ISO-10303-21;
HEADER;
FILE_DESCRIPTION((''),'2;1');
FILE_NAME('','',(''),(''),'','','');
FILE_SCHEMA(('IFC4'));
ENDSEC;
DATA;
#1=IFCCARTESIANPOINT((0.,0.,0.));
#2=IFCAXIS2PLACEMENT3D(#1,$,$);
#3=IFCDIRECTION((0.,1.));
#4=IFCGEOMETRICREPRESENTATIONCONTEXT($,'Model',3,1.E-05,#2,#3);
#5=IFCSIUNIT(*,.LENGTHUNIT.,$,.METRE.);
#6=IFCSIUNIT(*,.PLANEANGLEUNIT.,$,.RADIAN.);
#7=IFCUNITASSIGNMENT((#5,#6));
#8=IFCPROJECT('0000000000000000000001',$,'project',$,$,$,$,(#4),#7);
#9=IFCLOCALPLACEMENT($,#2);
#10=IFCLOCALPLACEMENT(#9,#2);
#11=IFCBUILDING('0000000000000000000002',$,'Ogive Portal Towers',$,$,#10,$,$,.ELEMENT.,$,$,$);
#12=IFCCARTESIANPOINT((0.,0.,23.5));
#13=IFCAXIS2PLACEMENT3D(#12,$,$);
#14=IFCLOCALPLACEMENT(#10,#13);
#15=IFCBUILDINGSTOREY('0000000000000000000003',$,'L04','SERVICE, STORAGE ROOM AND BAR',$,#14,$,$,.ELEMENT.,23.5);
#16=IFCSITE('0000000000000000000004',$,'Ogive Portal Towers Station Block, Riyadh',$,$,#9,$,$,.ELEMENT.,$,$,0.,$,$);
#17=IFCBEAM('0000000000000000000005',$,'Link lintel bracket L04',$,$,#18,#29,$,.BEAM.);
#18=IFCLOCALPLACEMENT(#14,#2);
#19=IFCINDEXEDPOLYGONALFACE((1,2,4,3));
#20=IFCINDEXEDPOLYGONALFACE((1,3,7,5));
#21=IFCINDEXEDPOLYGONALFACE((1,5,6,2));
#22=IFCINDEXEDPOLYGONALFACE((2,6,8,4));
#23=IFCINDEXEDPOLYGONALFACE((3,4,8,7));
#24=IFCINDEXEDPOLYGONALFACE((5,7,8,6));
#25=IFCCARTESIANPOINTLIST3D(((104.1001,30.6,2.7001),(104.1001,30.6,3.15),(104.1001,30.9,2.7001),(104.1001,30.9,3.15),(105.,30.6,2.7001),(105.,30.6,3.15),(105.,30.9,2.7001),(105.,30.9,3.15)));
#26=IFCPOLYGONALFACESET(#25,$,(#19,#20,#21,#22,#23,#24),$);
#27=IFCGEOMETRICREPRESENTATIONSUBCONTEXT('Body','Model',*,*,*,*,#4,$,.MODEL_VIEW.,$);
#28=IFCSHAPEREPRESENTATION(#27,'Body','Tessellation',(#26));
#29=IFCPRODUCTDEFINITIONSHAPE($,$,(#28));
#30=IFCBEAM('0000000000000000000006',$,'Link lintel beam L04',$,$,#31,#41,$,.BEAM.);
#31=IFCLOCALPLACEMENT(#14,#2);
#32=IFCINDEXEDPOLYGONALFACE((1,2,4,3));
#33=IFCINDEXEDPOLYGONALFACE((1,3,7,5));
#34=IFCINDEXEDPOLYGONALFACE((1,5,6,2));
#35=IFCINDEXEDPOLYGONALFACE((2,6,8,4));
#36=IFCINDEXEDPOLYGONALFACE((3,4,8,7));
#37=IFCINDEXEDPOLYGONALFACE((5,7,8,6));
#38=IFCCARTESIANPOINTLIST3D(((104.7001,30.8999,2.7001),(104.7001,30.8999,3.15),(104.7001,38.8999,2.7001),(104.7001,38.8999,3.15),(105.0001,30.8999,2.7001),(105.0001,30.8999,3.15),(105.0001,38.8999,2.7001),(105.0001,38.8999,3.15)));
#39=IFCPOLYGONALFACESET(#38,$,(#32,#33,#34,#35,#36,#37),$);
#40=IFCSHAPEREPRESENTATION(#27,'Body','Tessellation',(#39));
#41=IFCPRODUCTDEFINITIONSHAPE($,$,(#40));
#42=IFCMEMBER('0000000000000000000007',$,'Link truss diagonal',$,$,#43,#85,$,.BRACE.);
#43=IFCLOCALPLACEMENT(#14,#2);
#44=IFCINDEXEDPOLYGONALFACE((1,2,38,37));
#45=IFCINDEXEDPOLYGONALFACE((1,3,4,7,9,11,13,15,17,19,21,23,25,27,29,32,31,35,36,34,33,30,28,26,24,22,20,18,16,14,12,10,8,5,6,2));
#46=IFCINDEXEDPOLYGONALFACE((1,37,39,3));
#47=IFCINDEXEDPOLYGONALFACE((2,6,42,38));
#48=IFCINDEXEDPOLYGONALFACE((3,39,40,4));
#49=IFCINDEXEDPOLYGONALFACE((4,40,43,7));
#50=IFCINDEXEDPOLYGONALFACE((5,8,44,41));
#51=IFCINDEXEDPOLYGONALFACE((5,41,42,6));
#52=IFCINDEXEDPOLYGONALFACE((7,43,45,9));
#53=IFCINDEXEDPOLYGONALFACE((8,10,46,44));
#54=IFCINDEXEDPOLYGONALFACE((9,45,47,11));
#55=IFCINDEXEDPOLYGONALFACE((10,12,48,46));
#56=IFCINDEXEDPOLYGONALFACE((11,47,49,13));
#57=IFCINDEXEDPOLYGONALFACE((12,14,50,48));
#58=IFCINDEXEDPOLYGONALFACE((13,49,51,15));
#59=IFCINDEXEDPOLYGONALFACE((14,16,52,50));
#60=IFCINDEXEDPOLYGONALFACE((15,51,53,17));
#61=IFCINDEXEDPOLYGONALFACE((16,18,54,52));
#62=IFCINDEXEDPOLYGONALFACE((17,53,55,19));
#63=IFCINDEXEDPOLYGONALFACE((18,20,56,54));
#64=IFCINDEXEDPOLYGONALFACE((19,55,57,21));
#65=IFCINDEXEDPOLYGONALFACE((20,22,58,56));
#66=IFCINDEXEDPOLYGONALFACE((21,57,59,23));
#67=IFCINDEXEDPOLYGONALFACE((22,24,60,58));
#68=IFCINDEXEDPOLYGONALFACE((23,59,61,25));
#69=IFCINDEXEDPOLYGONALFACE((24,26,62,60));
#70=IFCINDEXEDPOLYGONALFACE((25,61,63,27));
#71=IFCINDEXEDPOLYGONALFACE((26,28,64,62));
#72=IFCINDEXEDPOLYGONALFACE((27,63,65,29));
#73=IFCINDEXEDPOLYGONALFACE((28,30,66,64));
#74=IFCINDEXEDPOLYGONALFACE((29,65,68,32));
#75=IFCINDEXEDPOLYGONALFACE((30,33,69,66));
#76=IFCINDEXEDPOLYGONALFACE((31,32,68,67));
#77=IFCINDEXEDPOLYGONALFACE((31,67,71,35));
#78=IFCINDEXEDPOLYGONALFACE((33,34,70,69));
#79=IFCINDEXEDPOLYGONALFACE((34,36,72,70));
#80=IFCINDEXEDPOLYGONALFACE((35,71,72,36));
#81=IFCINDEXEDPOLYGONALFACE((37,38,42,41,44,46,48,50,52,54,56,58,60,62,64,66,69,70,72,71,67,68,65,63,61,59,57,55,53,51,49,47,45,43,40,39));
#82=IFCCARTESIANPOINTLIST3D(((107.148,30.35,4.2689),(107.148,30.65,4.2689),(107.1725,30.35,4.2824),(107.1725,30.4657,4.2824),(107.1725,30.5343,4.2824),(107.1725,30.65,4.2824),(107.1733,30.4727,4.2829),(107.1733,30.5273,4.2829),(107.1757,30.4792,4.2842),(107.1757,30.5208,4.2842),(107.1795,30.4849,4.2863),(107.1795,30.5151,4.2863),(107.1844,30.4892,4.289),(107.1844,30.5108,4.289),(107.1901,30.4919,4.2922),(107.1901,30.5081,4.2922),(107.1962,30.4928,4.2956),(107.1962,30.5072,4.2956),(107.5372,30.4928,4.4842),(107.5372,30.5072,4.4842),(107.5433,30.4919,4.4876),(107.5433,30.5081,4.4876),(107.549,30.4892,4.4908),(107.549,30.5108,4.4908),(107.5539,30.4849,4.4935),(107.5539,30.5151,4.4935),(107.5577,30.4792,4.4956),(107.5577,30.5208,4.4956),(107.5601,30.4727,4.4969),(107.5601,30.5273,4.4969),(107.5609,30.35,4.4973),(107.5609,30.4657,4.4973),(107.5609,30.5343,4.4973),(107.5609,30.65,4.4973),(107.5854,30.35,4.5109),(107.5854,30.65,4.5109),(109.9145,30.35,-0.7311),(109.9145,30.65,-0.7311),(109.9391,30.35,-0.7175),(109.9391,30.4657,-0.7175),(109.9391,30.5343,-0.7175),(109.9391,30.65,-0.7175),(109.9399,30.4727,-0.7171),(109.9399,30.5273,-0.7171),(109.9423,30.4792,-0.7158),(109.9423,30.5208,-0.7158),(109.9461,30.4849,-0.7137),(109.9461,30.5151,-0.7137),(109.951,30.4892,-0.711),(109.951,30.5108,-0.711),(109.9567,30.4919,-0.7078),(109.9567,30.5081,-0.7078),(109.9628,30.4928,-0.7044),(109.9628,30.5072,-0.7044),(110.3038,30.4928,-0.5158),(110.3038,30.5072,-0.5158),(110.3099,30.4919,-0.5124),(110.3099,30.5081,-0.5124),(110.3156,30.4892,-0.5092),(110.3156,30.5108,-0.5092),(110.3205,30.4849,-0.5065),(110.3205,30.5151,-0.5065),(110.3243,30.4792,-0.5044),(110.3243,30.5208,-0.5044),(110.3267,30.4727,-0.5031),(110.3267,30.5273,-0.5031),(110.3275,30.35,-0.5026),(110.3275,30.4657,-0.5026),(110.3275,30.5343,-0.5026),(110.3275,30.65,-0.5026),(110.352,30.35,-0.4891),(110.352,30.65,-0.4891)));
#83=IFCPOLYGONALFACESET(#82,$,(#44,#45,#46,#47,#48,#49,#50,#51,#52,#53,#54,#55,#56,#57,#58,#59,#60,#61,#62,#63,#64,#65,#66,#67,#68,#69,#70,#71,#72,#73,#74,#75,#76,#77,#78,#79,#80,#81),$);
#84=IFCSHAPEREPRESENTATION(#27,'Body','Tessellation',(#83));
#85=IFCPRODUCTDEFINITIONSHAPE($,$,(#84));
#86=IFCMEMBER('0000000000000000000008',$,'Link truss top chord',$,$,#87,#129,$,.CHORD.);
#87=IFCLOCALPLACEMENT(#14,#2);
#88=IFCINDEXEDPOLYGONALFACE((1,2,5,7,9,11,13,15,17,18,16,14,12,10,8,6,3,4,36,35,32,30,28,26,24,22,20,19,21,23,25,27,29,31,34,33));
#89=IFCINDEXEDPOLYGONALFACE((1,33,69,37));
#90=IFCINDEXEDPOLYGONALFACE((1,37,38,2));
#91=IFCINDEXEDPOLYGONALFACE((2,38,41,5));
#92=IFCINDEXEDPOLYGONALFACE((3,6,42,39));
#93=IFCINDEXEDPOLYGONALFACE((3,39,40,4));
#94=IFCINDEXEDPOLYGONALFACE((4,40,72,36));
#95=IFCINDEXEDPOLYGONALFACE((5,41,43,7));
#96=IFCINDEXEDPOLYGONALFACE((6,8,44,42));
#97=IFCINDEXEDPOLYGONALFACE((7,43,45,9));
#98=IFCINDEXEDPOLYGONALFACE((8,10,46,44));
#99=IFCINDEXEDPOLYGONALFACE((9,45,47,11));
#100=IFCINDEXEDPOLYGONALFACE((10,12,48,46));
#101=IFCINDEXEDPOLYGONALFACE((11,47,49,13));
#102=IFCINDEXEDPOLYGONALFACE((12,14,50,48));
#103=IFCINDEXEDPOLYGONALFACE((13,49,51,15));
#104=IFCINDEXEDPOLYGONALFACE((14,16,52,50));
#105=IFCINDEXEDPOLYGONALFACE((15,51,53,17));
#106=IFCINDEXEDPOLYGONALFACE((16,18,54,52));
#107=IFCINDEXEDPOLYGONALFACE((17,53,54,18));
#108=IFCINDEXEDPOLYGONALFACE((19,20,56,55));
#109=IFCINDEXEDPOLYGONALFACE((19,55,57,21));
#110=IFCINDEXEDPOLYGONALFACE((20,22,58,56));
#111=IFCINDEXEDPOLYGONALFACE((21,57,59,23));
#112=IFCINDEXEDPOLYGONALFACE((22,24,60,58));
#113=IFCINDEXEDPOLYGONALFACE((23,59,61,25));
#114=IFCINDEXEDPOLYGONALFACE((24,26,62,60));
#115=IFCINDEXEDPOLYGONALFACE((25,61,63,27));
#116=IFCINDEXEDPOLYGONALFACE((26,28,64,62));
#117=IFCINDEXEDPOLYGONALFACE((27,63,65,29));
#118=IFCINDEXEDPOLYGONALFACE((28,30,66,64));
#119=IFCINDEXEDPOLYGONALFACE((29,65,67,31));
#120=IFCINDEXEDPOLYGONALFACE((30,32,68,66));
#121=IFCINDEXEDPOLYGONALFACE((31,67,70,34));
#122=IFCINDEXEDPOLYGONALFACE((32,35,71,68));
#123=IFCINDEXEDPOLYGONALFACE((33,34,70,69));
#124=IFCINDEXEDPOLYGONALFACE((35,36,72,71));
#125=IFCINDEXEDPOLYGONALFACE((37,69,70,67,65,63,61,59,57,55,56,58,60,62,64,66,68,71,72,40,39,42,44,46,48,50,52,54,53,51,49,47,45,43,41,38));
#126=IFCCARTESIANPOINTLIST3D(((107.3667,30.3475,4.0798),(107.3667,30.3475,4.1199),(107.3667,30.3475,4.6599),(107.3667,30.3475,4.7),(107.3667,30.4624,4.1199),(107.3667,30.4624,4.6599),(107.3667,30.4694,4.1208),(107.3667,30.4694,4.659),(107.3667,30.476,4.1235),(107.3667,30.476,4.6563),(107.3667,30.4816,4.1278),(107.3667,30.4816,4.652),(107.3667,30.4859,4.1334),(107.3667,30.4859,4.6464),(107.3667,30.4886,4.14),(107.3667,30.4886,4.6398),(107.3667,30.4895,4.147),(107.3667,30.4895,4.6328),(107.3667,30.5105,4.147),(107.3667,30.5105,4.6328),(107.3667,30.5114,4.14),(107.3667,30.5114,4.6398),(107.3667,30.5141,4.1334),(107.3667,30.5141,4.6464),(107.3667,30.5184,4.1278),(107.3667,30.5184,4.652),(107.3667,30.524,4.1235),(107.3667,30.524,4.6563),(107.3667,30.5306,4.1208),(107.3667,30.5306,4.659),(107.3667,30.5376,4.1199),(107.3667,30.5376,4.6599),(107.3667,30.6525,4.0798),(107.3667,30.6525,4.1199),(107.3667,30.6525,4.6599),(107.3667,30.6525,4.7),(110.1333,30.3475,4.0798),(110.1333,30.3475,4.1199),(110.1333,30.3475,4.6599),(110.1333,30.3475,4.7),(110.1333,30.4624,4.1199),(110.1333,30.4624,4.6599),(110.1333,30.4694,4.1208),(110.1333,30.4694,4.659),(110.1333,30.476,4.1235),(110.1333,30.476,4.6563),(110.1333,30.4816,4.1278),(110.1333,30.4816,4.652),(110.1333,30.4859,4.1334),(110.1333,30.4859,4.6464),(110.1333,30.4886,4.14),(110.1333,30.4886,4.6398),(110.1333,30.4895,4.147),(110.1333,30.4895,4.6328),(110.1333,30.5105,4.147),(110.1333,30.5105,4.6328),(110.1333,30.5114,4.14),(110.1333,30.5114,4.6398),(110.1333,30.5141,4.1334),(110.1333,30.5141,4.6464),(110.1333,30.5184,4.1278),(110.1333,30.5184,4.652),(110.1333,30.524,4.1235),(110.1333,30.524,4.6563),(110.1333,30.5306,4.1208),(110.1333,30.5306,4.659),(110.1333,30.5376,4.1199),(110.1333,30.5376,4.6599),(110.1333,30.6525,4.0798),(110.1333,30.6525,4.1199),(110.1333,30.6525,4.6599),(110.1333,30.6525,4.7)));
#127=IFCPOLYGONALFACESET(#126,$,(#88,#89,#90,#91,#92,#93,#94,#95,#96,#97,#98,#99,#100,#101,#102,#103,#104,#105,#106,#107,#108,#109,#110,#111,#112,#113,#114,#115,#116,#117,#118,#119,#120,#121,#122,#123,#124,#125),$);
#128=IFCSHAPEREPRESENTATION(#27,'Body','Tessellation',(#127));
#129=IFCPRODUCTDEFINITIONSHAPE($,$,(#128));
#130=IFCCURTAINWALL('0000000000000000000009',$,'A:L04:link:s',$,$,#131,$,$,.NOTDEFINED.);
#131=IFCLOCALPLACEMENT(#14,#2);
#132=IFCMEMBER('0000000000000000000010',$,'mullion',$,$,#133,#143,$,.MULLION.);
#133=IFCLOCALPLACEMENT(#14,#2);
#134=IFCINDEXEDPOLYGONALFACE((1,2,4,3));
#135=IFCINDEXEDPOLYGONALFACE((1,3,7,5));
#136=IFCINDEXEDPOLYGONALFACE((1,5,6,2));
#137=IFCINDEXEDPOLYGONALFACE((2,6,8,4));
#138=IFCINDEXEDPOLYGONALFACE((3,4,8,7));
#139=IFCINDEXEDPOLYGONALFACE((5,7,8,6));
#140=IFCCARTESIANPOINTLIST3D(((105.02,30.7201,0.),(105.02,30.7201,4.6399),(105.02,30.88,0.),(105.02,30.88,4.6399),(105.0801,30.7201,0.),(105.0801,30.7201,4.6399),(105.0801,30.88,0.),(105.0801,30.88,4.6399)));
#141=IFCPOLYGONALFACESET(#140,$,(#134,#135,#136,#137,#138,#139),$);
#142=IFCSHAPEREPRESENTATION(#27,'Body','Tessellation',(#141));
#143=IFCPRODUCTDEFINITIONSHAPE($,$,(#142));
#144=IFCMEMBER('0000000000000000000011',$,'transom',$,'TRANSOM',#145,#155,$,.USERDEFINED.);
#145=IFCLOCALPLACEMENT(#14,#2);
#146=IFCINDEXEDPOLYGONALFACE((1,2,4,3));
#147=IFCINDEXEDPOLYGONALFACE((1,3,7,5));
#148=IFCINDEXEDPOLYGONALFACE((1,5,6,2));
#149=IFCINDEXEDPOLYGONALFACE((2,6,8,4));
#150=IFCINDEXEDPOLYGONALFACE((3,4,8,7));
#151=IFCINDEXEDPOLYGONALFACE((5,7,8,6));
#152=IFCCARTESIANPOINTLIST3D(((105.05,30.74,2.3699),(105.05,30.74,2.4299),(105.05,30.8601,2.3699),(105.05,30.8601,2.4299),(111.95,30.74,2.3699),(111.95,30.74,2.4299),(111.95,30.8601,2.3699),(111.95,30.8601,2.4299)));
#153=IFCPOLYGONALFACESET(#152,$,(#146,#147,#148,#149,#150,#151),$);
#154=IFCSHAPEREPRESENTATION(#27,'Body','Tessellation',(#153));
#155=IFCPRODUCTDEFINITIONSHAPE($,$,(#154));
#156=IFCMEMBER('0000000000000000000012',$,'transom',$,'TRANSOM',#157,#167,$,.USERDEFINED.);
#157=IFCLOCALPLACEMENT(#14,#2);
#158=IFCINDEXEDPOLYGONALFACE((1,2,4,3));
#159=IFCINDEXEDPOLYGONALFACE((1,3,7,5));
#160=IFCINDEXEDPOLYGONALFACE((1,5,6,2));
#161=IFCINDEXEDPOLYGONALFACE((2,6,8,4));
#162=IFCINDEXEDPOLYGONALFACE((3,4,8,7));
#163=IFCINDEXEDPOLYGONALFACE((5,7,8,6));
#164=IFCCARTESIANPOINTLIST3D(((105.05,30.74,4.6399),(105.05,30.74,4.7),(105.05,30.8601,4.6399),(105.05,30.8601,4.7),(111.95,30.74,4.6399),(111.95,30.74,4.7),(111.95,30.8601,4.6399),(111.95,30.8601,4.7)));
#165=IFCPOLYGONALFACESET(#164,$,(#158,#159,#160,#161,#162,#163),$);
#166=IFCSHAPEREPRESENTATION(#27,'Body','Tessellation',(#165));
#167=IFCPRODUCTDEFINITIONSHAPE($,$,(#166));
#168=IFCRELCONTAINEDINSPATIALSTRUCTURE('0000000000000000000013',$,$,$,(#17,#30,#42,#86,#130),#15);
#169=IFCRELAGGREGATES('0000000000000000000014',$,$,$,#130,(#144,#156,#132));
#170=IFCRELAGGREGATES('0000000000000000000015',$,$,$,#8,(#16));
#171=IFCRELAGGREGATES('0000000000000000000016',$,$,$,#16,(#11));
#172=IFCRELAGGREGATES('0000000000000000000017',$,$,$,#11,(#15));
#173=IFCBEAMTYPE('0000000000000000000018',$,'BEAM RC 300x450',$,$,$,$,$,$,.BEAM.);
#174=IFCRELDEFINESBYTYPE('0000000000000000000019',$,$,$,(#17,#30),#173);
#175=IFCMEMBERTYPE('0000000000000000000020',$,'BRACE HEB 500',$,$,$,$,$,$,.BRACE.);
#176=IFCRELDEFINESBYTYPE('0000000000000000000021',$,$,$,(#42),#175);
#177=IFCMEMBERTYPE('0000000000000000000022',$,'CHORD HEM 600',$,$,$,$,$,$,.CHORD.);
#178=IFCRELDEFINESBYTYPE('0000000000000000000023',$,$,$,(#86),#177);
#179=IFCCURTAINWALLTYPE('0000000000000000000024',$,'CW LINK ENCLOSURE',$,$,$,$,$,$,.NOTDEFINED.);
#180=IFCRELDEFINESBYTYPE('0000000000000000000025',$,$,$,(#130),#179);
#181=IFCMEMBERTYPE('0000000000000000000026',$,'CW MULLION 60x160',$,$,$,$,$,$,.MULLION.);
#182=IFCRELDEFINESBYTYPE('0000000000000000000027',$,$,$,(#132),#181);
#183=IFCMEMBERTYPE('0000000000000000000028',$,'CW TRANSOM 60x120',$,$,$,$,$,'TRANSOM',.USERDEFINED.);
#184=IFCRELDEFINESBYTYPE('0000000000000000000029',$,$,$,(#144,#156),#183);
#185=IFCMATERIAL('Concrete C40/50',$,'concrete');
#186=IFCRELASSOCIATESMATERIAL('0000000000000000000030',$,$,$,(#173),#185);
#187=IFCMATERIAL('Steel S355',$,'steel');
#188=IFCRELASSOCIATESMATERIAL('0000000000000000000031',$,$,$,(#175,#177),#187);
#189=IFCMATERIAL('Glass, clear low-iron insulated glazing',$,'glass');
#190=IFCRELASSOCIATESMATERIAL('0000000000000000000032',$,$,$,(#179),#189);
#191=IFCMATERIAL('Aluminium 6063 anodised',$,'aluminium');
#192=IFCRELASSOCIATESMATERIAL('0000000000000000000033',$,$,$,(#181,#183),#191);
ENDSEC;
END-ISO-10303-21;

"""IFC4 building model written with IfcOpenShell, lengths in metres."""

from ifc_helpers import new_model, si_unit, direction, frame, origin, origin_2d, place, context, subcontext, project, spatial, rectangle, i_section, extrude, material, material_profile, profile_set, type_object, element, aggregate, save


model = new_model("IFC4")

# Units and contexts
model_context = context("Model", 3, precision=1e-05, world=origin(), true_north=direction((0.0, 1.0)))
body_context = subcontext(model_context, "Body", "Model", "MODEL_VIEW")
ifc_project = project(units=[si_unit("LENGTHUNIT", "METRE"), si_unit("PLANEANGLEUNIT", "RADIAN")], contexts=[model_context])

# Site, building, storey
site_placement = place(None, origin())
site = spatial("IfcSite", under=ifc_project, at=site_placement, Name="Ogive Portal Towers Station Block, Riyadh", CompositionType="ELEMENT", RefElevation=0.0)
building_placement = place(site_placement, origin())
building = spatial("IfcBuilding", under=site, at=building_placement, Name="Ogive Portal Towers", CompositionType="ELEMENT")
storey_placement = place(building_placement, frame((0.0, 0.0, 23.5)))
storey = spatial("IfcBuildingStorey", under=building, at=storey_placement, Name="L04", Description="SERVICE, STORAGE ROOM AND BAR", CompositionType="ELEMENT", Elevation=23.5)

# Beams
ifc_material_1 = material(Name="Concrete C40/50", Category="concrete")
ifc_material_profile_1 = material_profile(ifc_material_1, rectangle(XDim=0.3, YDim=0.45, at=origin_2d()), Name="RC 300x450")
ifc_profile_set_1 = profile_set([ifc_material_profile_1], Name="Concrete C40/50")
beam_type = type_object("IfcBeamType", Name="BEAM RC 300x450", PredefinedType="BEAM", material=ifc_profile_set_1)
beam_1_placement = place(storey_placement, frame((104.1001, 30.75, 2.925), z_axis=(1.0, 0.0, 0.0), x_axis=(0.0, 1.0, 0.0)))
element("IfcBeam", 1, at=beam_1_placement, inside=storey, type_object=beam_type, Name="Link lintel bracket L04", PredefinedType="BEAM", context=body_context, shape_type="SweptSolid", body=[
    extrude(rectangle(XDim=0.3, YDim=0.45, at=origin_2d()), origin(), (0.0, 0.0, 1.0), 0.8999),
])
beam_2_placement = place(storey_placement, frame((104.8501, 30.8999, 2.925), z_axis=(0.0, 1.0, 0.0), x_axis=(-1.0, 0.0, 0.0)))
element("IfcBeam", 2, at=beam_2_placement, inside=storey, type_object=beam_type, Name="Link lintel beam L04", PredefinedType="BEAM", context=body_context, shape_type="SweptSolid", body=[
    extrude(rectangle(XDim=0.3, YDim=0.45, at=origin_2d()), origin(), (0.0, 0.0, 1.0), 8.0),
])

# Members
ifc_material_2 = material(Name="Steel S355", Category="steel")
ifc_material_profile_2 = material_profile(ifc_material_2, i_section(OverallWidth=0.3, OverallDepth=0.5, WebThickness=0.0144, FlangeThickness=0.0281, FilletRadius=0.0271, at=origin_2d()), Name="HEB 500")
ifc_profile_set_2 = profile_set([ifc_material_profile_2], Name="Steel S355")
member_type_1 = type_object("IfcMemberType", Name="BRACE HEB 500", PredefinedType="BRACE", material=ifc_profile_set_2)
member_1_placement = place(storey_placement, frame((107.3667, 30.5, 4.3899), z_axis=(0.484148, 0.0, -0.874986), x_axis=(0.0, 1.0, 0.0)))
element("IfcMember", 3, at=member_1_placement, inside=storey, type_object=member_type_1, Name="Link truss diagonal", PredefinedType="BRACE", context=body_context, shape_type="SweptSolid", body=[
    extrude(i_section(OverallWidth=0.3, OverallDepth=0.5, WebThickness=0.0144, FlangeThickness=0.0281, FilletRadius=0.0271, at=origin_2d()), origin(), (0.0, 0.0, 1.0), 5.7144),
])
ifc_material_profile_3 = material_profile(ifc_material_2, i_section(OverallWidth=0.3049, OverallDepth=0.6201, WebThickness=0.021, FlangeThickness=0.04, FilletRadius=0.0271, at=origin_2d()), Name="HEM 600")
ifc_profile_set_3 = profile_set([ifc_material_profile_3], Name="Steel S355")
member_type_2 = type_object("IfcMemberType", Name="CHORD HEM 600", PredefinedType="CHORD", material=ifc_profile_set_3)
member_2_placement = place(storey_placement, frame((107.3667, 30.5, 4.3899), z_axis=(1.0, 0.0, 0.0), x_axis=(0.0, 1.0, 0.0)))
element("IfcMember", 4, at=member_2_placement, inside=storey, type_object=member_type_2, Name="Link truss top chord", PredefinedType="CHORD", context=body_context, shape_type="SweptSolid", body=[
    extrude(i_section(OverallWidth=0.3049, OverallDepth=0.6201, WebThickness=0.021, FlangeThickness=0.04, FilletRadius=0.0271, at=origin_2d()), origin(), (0.0, 0.0, 1.0), 2.7666),
])

# Curtain wall, members
ifc_material_3 = material(Name="Glass, clear low-iron insulated glazing", Category="glass")
curtain_wall_type = type_object("IfcCurtainWallType", Name="CW LINK ENCLOSURE", PredefinedType="NOTDEFINED", material=ifc_material_3)
curtain_wall_placement = place(storey_placement, origin())
curtain_wall = element("IfcCurtainWall", 5, at=curtain_wall_placement, inside=storey, type_object=curtain_wall_type, Name="A:L04:link:s", PredefinedType="NOTDEFINED")
ifc_material_4 = material(Name="Aluminium 6063 anodised", Category="aluminium")
ifc_material_profile_4 = material_profile(ifc_material_4, rectangle(XDim=0.1599, YDim=0.0601, at=origin_2d()), Name="AL 60x160")
ifc_profile_set_4 = profile_set([ifc_material_profile_4], Name="Aluminium 6063 anodised")
member_type_3 = type_object("IfcMemberType", Name="CW MULLION 60x160", PredefinedType="MULLION", material=ifc_profile_set_4)
member_3_placement = place(storey_placement, frame((105.05, 30.8, 0.0), z_axis=(0.0, 0.0, 1.0), x_axis=(0.0, 1.0, 0.0)))
member_3 = element("IfcMember", 6, at=member_3_placement, type_object=member_type_3, Name="mullion", PredefinedType="MULLION", context=body_context, shape_type="SweptSolid", body=[
    extrude(rectangle(XDim=0.1599, YDim=0.0601, at=origin_2d()), origin(), (0.0, 0.0, 1.0), 4.6399),
])
ifc_material_profile_5 = material_profile(ifc_material_4, rectangle(XDim=0.1201, YDim=0.0601, at=origin_2d()), Name="AL 120x60")
ifc_profile_set_5 = profile_set([ifc_material_profile_5], Name="Aluminium 6063 anodised")
member_type_4 = type_object("IfcMemberType", Name="CW TRANSOM 60x120", ElementType="TRANSOM", PredefinedType="USERDEFINED", material=ifc_profile_set_5)
member_4_placement = place(storey_placement, frame((105.05, 30.8, 2.3999), z_axis=(1.0, 0.0, 0.0), x_axis=(0.0, 1.0, 0.0)))
member_4 = element("IfcMember", 7, at=member_4_placement, type_object=member_type_4, Name="transom", ObjectType="TRANSOM", PredefinedType="USERDEFINED", context=body_context, shape_type="SweptSolid", body=[
    extrude(rectangle(XDim=0.1201, YDim=0.0601, at=origin_2d()), origin(), (0.0, 0.0, 1.0), 6.8999),
])
member_5_placement = place(storey_placement, frame((105.05, 30.8, 4.6699), z_axis=(1.0, 0.0, 0.0), x_axis=(0.0, 1.0, 0.0)))
member_5 = element("IfcMember", 8, at=member_5_placement, type_object=member_type_4, Name="transom", ObjectType="TRANSOM", PredefinedType="USERDEFINED", context=body_context, shape_type="SweptSolid", body=[
    extrude(rectangle(XDim=0.1201, YDim=0.0601, at=origin_2d()), origin(), (0.0, 0.0, 1.0), 6.8999),
])

aggregate(curtain_wall, [member_4, member_5, member_3])

save(model, "model.ifc")
